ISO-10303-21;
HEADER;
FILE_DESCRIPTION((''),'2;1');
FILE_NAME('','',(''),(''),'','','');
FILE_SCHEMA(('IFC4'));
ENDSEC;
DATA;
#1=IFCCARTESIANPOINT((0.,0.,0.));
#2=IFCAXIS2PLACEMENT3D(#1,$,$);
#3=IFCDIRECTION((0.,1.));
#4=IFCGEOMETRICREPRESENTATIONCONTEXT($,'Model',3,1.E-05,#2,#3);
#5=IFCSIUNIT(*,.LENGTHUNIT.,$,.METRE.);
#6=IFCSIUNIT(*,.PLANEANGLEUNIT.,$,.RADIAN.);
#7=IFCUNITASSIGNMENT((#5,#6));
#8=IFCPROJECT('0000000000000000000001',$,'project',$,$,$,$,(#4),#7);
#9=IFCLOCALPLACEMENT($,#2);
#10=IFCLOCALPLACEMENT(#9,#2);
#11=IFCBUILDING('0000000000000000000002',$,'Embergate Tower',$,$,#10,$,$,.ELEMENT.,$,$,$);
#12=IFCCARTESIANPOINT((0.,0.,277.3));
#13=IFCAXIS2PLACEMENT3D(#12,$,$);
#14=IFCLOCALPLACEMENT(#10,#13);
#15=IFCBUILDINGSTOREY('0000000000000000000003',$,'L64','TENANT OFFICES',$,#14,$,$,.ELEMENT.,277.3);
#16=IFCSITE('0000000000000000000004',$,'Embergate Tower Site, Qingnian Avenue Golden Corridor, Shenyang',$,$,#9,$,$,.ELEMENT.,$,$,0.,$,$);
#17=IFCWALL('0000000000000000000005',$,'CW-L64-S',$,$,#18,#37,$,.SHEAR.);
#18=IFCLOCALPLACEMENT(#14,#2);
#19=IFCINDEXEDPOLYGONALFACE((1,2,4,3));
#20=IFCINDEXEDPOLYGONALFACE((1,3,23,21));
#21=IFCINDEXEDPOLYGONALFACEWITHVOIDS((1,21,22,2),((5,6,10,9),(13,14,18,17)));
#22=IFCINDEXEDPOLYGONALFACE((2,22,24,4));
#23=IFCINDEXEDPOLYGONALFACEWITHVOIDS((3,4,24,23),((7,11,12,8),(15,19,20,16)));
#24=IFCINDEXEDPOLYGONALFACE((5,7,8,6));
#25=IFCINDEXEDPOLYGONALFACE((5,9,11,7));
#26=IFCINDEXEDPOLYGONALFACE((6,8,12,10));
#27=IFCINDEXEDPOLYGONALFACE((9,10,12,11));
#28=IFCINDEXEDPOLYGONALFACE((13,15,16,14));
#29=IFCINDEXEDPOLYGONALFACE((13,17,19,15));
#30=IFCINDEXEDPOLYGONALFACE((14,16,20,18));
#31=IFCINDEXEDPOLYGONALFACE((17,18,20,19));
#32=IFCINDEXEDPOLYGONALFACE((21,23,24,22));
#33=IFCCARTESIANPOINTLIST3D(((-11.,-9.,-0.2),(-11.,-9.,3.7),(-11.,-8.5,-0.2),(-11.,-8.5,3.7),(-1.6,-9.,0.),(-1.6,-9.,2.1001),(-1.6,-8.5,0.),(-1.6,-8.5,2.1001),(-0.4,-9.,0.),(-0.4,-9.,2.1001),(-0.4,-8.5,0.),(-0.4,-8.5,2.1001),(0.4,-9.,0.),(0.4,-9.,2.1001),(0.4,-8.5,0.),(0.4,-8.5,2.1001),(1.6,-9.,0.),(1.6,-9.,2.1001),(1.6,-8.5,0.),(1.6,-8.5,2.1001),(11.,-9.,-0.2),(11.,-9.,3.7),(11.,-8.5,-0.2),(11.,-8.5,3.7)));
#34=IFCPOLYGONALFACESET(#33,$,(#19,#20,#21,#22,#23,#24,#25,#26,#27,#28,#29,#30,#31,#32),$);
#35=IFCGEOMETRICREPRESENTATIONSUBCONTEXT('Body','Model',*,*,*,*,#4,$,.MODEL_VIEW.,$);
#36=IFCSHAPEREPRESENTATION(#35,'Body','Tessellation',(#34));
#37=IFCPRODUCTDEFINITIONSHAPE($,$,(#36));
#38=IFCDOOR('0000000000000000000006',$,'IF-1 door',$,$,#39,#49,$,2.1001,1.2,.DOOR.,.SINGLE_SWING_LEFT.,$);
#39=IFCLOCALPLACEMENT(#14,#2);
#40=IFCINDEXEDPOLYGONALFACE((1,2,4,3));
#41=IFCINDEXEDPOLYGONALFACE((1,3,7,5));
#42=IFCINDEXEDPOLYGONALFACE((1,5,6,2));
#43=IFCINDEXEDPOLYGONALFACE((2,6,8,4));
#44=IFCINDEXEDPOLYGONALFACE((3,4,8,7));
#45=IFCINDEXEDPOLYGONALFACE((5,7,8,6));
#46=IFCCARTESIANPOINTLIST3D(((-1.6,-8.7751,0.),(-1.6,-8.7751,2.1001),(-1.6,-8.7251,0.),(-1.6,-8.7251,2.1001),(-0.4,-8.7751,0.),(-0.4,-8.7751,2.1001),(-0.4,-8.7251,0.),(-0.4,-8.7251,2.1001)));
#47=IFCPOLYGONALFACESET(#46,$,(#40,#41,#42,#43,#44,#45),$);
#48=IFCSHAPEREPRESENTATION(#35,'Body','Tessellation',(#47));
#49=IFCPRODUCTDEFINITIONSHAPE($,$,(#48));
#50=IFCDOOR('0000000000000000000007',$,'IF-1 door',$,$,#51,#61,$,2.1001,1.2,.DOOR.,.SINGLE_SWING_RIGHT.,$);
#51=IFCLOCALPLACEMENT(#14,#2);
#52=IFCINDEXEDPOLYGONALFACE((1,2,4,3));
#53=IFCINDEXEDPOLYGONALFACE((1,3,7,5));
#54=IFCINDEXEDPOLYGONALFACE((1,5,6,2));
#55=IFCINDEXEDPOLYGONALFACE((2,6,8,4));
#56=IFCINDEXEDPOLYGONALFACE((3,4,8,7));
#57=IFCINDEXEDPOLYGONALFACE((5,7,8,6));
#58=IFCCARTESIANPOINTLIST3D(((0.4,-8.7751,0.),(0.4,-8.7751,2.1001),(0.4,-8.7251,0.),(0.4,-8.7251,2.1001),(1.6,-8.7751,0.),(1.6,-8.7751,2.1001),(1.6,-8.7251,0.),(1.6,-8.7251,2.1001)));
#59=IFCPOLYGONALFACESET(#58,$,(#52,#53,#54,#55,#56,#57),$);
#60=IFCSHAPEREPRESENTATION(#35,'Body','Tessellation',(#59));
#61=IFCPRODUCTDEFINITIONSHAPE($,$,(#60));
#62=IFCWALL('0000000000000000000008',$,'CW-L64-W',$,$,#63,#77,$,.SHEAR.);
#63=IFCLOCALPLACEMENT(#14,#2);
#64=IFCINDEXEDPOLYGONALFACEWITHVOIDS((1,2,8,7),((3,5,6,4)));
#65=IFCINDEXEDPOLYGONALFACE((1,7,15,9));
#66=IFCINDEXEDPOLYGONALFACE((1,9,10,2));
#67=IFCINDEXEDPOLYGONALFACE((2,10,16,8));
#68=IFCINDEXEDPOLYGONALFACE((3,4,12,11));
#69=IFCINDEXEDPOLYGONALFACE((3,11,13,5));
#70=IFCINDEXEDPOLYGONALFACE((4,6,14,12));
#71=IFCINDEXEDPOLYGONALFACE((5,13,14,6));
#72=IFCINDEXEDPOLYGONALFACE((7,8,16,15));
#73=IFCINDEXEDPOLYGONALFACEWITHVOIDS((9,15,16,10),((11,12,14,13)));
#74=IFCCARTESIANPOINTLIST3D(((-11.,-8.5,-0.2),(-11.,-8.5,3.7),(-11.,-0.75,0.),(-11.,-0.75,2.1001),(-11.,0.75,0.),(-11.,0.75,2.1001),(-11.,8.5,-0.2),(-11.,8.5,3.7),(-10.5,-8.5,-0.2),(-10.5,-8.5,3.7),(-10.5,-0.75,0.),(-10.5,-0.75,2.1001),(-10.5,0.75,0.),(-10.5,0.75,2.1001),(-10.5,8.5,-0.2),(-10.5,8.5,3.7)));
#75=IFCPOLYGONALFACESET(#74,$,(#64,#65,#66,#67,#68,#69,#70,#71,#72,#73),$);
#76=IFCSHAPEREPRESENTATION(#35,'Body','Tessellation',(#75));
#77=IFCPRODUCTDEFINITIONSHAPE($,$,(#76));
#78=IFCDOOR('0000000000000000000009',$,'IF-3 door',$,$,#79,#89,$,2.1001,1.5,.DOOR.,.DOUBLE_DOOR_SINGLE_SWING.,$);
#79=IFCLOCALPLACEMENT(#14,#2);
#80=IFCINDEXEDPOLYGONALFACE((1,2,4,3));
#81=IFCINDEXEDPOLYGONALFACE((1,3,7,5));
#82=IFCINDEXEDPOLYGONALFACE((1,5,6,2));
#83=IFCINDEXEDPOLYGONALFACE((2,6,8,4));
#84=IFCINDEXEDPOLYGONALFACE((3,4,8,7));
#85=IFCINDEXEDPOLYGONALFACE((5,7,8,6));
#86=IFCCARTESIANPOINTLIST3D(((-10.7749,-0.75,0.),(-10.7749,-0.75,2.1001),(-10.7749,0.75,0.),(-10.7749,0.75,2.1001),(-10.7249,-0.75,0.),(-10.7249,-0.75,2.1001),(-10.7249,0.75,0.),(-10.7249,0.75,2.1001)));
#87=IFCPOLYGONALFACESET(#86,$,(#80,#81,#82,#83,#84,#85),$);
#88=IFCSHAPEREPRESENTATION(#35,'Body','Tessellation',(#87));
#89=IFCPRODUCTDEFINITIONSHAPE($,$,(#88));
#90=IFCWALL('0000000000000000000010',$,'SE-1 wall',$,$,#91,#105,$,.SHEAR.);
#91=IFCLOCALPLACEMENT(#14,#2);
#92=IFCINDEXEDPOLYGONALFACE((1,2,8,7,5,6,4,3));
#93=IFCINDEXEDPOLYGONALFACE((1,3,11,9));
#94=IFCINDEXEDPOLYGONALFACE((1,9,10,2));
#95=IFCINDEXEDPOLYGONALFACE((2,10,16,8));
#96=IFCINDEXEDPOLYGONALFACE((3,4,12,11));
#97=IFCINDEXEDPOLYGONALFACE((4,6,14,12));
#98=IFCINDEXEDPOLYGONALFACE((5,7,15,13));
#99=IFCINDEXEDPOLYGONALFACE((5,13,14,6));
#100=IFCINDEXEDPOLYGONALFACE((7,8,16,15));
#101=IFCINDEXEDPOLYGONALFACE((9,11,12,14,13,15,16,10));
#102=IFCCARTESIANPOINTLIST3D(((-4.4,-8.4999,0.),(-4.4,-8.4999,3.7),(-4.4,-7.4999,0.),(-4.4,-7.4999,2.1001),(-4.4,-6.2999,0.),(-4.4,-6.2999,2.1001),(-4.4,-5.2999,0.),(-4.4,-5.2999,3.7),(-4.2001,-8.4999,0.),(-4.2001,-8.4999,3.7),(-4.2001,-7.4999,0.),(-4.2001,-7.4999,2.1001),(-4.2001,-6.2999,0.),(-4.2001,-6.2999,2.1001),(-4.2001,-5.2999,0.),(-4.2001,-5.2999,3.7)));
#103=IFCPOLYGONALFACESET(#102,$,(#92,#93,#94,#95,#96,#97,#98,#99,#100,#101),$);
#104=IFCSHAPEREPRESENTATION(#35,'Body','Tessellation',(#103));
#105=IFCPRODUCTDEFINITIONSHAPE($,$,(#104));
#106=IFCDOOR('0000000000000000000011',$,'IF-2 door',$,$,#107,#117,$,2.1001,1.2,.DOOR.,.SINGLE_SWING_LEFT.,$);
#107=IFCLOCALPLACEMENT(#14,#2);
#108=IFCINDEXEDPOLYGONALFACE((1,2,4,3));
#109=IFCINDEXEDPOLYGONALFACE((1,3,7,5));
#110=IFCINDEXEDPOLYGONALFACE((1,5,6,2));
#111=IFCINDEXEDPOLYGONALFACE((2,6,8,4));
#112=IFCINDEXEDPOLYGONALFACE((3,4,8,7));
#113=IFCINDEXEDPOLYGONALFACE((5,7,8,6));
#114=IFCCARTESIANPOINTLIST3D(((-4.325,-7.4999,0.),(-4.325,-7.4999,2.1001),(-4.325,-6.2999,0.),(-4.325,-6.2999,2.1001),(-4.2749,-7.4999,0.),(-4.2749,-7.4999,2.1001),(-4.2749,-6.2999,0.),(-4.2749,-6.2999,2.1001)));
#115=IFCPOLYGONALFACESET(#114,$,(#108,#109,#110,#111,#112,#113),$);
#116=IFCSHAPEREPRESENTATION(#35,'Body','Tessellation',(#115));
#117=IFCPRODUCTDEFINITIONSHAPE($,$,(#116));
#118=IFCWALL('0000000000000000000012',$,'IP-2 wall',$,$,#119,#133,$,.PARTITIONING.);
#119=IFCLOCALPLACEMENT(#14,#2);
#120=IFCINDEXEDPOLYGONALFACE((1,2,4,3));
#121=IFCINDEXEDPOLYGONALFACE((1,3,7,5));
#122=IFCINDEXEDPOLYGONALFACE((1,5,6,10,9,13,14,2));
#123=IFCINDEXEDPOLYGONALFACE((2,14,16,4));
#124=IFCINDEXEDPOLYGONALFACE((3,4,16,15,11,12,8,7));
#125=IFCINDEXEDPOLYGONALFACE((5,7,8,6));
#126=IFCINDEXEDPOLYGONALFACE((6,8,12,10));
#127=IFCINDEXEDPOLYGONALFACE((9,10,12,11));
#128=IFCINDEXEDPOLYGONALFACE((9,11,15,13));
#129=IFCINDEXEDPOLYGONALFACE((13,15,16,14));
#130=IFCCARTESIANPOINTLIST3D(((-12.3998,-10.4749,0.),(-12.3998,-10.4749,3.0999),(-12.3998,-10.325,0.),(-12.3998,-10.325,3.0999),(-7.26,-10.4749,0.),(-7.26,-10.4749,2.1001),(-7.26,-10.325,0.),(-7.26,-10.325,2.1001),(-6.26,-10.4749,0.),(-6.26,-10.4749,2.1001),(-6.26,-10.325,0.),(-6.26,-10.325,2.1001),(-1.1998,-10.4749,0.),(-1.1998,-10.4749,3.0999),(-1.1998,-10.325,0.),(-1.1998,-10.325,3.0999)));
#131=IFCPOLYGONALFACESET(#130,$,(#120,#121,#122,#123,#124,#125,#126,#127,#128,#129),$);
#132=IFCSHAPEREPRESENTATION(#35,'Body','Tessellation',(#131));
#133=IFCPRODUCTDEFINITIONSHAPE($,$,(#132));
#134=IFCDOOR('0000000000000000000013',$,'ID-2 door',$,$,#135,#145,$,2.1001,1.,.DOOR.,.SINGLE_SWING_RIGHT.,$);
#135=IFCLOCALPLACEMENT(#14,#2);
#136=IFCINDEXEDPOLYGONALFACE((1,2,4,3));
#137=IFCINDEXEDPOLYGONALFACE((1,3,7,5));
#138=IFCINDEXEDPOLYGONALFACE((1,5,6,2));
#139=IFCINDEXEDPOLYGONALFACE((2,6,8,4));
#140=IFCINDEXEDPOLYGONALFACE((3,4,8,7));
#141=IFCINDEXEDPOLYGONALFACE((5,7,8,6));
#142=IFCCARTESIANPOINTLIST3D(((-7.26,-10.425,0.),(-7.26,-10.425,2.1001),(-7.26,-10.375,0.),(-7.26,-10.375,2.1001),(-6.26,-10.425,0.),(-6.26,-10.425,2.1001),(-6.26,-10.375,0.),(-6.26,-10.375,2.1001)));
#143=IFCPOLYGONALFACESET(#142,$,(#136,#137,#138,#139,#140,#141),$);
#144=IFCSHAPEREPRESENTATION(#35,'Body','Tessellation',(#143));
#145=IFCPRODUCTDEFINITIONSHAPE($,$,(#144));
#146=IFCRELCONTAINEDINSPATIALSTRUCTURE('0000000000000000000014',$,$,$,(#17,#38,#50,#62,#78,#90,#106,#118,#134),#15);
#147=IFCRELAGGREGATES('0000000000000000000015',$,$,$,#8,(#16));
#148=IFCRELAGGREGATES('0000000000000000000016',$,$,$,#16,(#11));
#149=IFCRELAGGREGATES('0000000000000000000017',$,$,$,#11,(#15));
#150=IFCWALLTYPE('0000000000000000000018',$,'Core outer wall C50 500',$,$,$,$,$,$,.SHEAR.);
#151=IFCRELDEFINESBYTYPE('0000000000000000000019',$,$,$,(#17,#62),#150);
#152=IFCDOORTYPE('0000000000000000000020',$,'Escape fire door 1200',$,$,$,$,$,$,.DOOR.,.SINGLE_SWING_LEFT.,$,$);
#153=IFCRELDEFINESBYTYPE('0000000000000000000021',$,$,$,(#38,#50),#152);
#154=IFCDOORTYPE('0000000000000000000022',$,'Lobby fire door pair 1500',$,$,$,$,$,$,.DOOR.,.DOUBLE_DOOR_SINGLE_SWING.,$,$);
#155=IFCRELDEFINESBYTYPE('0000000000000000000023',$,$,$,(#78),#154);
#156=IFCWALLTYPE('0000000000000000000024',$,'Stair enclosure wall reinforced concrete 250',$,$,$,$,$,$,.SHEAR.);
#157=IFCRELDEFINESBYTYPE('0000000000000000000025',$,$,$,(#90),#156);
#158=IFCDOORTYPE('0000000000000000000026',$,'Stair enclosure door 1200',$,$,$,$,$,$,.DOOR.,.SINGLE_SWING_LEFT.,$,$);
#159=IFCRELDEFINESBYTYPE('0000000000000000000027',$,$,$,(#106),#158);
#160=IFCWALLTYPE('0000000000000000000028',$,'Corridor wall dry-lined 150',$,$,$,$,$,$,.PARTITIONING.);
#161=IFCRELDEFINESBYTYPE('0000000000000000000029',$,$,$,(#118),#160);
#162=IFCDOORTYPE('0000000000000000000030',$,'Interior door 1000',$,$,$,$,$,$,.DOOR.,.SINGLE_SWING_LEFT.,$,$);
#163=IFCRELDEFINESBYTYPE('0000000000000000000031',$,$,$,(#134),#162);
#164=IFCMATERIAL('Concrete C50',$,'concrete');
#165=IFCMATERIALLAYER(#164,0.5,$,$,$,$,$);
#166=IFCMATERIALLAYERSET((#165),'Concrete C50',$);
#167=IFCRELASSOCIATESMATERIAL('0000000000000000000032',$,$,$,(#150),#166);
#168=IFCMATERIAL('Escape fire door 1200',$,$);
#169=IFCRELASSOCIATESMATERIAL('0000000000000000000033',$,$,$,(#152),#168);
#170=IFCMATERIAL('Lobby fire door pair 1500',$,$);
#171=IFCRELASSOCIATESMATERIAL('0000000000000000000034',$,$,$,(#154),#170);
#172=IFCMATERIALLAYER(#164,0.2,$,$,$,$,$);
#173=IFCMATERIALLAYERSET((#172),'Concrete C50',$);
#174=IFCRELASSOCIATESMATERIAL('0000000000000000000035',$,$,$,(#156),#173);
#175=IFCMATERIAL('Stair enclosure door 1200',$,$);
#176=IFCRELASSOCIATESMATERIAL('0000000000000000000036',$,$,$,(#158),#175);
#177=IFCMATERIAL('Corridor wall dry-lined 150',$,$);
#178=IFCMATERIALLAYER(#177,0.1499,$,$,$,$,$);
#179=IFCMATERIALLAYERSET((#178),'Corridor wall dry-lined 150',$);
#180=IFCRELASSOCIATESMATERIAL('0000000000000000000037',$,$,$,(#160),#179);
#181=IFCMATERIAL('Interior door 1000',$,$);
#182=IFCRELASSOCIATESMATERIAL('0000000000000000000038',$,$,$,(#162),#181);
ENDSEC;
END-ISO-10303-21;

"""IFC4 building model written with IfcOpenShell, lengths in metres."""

from ifc_helpers import new_model, si_unit, direction, frame, frame_2d, origin, place, context, subcontext, project, spatial, rectangle, extrude, source, transform, mapped, material, layer, layer_set, type_object, element, fill, save


model = new_model("IFC4")

# Units and contexts
model_context = context("Model", 3, precision=1e-05, world=origin(), true_north=direction((0.0, 1.0)))
body_context = subcontext(model_context, "Body", "Model", "MODEL_VIEW")
ifc_project = project(units=[si_unit("LENGTHUNIT", "METRE"), si_unit("PLANEANGLEUNIT", "RADIAN")], contexts=[model_context])

# Site, building, storey
site_placement = place(None, origin())
site = spatial("IfcSite", under=ifc_project, at=site_placement, Name="Embergate Tower Site, Qingnian Avenue Golden Corridor, Shenyang", CompositionType="ELEMENT", RefElevation=0.0)
building_placement = place(site_placement, origin())
building = spatial("IfcBuilding", under=site, at=building_placement, Name="Embergate Tower", CompositionType="ELEMENT")
storey_placement = place(building_placement, frame((0.0, 0.0, 277.3)))
storey = spatial("IfcBuildingStorey", under=building, at=storey_placement, Name="L64", Description="TENANT OFFICES", CompositionType="ELEMENT", Elevation=277.3)

# Wall, openings, doors
ifc_material_1 = material(Name="Concrete C50", Category="concrete")
ifc_layer_1 = layer(ifc_material_1, 0.5)
ifc_layer_set_1 = layer_set([ifc_layer_1], Name="Concrete C50")
wall_type_1 = type_object("IfcWallType", Name="Core outer wall C50 500", PredefinedType="SHEAR", material=ifc_layer_set_1)
shared_shape_1 = source(origin(), body_context, "Body", "SweptSolid", [
    extrude(rectangle(XDim=22.0, YDim=0.5, at=frame_2d((11.0, 0.0))), origin(), (0.0, 0.0, 1.0), 3.8999),
])
wall_1_placement = place(storey_placement, frame((-11.0, -8.75, -0.2), z_axis=(0.0, 0.0, 1.0), x_axis=(1.0, 0.0, 0.0)))
wall_1 = element("IfcWall", 1, at=wall_1_placement, inside=storey, type_object=wall_type_1, Name="CW-L64-S", PredefinedType="SHEAR", context=body_context, shape_type="MappedRepresentation", body=[
    mapped(shared_shape_1, transform((0.0, 0.0, 0.0))),
])
shared_shape_2 = source(origin(), body_context, "Body", "SweptSolid", [
    extrude(rectangle(XDim=1.2, YDim=2.1001, at=frame_2d((0.6001, 1.05))), frame((0.0, 0.26, 0.0), z_axis=(0.0, -1.0, 0.0), x_axis=(1.0, 0.0, 0.0)), (0.0, 0.0, 1.0), 0.52),
])
opening_1_placement = place(wall_1_placement, frame((9.3999, 0.0, 0.2)))
opening_1 = element("IfcOpeningElement", 2, at=opening_1_placement, cuts=wall_1, PredefinedType="OPENING", context=body_context, shape_type="MappedRepresentation", body=[
    mapped(shared_shape_2, transform((0.0, 0.0, 0.0))),
])
opening_2_placement = place(wall_1_placement, frame((11.3999, 0.0, 0.2)))
opening_2 = element("IfcOpeningElement", 3, at=opening_2_placement, cuts=wall_1, PredefinedType="OPENING", context=body_context, shape_type="MappedRepresentation", body=[
    mapped(shared_shape_2, transform((0.0, 0.0, 0.0))),
])
ifc_material_2 = material(Name="Escape fire door 1200")
door_type_1 = type_object("IfcDoorType", Name="Escape fire door 1200", OperationType="SINGLE_SWING_LEFT", PredefinedType="DOOR", material=ifc_material_2)
shared_shape_3 = source(origin(), body_context, "Body", "SweptSolid", [
    extrude(rectangle(XDim=1.2, YDim=2.1001, at=frame_2d((0.6001, 1.05))), frame((0.0, 0.0249, 0.0), z_axis=(0.0, -1.0, 0.0), x_axis=(1.0, 0.0, 0.0)), (0.0, 0.0, 1.0), 0.05),
])
door_1_placement = place(opening_1_placement, origin())
door_1 = element("IfcDoor", 4, at=door_1_placement, inside=storey, type_object=door_type_1, Name="IF-1 door", OperationType="SINGLE_SWING_LEFT", OverallHeight=2.1001, OverallWidth=1.2, PredefinedType="DOOR", context=body_context, shape_type="MappedRepresentation", body=[
    mapped(shared_shape_3, transform((0.0, 0.0, 0.0))),
])
fill(opening_1, door_1)
door_2_placement = place(opening_2_placement, origin())
door_2 = element("IfcDoor", 5, at=door_2_placement, inside=storey, type_object=door_type_1, Name="IF-1 door", OperationType="SINGLE_SWING_RIGHT", OverallHeight=2.1001, OverallWidth=1.2, PredefinedType="DOOR", context=body_context, shape_type="MappedRepresentation", body=[
    mapped(shared_shape_3, transform((0.0, 0.0, 0.0))),
])
fill(opening_2, door_2)

# Walls, openings, doors
shared_shape_4 = source(origin(), body_context, "Body", "SweptSolid", [
    extrude(rectangle(XDim=17.0, YDim=0.5, at=frame_2d((8.5, 0.0))), origin(), (0.0, 0.0, 1.0), 3.8999),
])
wall_2_placement = place(storey_placement, frame((-10.75, -8.5, -0.2), z_axis=(0.0, 0.0, 1.0), x_axis=(0.0, 1.0, 0.0)))
wall_2 = element("IfcWall", 6, at=wall_2_placement, inside=storey, type_object=wall_type_1, Name="CW-L64-W", PredefinedType="SHEAR", context=body_context, shape_type="MappedRepresentation", body=[
    mapped(shared_shape_4, transform((0.0, 0.0, 0.0))),
])
shared_shape_5 = source(origin(), body_context, "Body", "SweptSolid", [
    extrude(rectangle(XDim=1.5, YDim=2.1001, at=frame_2d((0.75, 1.05))), frame((0.0, 0.26, 0.0), z_axis=(0.0, -1.0, 0.0), x_axis=(1.0, 0.0, 0.0)), (0.0, 0.0, 1.0), 0.52),
])
opening_3_placement = place(wall_2_placement, frame((7.75, 0.0, 0.2)))
opening_3 = element("IfcOpeningElement", 7, at=opening_3_placement, cuts=wall_2, PredefinedType="OPENING", context=body_context, shape_type="MappedRepresentation", body=[
    mapped(shared_shape_5, transform((0.0, 0.0, 0.0))),
])
ifc_material_3 = material(Name="Lobby fire door pair 1500")
door_type_2 = type_object("IfcDoorType", Name="Lobby fire door pair 1500", OperationType="DOUBLE_DOOR_SINGLE_SWING", PredefinedType="DOOR", material=ifc_material_3)
shared_shape_6 = source(origin(), body_context, "Body", "SweptSolid", [
    extrude(rectangle(XDim=1.5, YDim=2.1001, at=frame_2d((0.75, 1.05))), frame((0.0, 0.0249, 0.0), z_axis=(0.0, -1.0, 0.0), x_axis=(1.0, 0.0, 0.0)), (0.0, 0.0, 1.0), 0.05),
])
door_3_placement = place(opening_3_placement, origin())
door_3 = element("IfcDoor", 8, at=door_3_placement, inside=storey, type_object=door_type_2, Name="IF-3 door", OperationType="DOUBLE_DOOR_SINGLE_SWING", OverallHeight=2.1001, OverallWidth=1.5, PredefinedType="DOOR", context=body_context, shape_type="MappedRepresentation", body=[
    mapped(shared_shape_6, transform((0.0, 0.0, 0.0))),
])
fill(opening_3, door_3)
ifc_layer_2 = layer(ifc_material_1, 0.2)
ifc_layer_set_2 = layer_set([ifc_layer_2], Name="Concrete C50")
wall_type_2 = type_object("IfcWallType", Name="Stair enclosure wall reinforced concrete 250", PredefinedType="SHEAR", material=ifc_layer_set_2)
shared_shape_7 = source(origin(), body_context, "Body", "SweptSolid", [
    extrude(rectangle(XDim=3.2, YDim=0.2, at=frame_2d((1.6001, 0.0))), origin(), (0.0, 0.0, 1.0), 3.7),
])
wall_3_placement = place(storey_placement, frame((-4.3, -8.5, 0.0), z_axis=(0.0, 0.0, 1.0), x_axis=(0.0, 1.0, 0.0)))
wall_3 = element("IfcWall", 9, at=wall_3_placement, inside=storey, type_object=wall_type_2, Name="SE-1 wall", PredefinedType="SHEAR", context=body_context, shape_type="MappedRepresentation", body=[
    mapped(shared_shape_7, transform((0.0, 0.0, 0.0))),
])
shared_shape_8 = source(origin(), body_context, "Body", "SweptSolid", [
    extrude(rectangle(XDim=1.2, YDim=2.1001, at=frame_2d((0.6001, 1.05))), frame((0.0, 0.1099, 0.0), z_axis=(0.0, -1.0, 0.0), x_axis=(1.0, 0.0, 0.0)), (0.0, 0.0, 1.0), 0.22),
])
opening_4_placement = place(wall_3_placement, frame((1.0, 0.0, 0.0)))
opening_4 = element("IfcOpeningElement", 10, at=opening_4_placement, cuts=wall_3, PredefinedType="OPENING", context=body_context, shape_type="MappedRepresentation", body=[
    mapped(shared_shape_8, transform((0.0, 0.0, 0.0))),
])
ifc_material_4 = material(Name="Stair enclosure door 1200")
door_type_3 = type_object("IfcDoorType", Name="Stair enclosure door 1200", OperationType="SINGLE_SWING_LEFT", PredefinedType="DOOR", material=ifc_material_4)
door_4_placement = place(opening_4_placement, origin())
door_4 = element("IfcDoor", 11, at=door_4_placement, inside=storey, type_object=door_type_3, Name="IF-2 door", OperationType="SINGLE_SWING_LEFT", OverallHeight=2.1001, OverallWidth=1.2, PredefinedType="DOOR", context=body_context, shape_type="MappedRepresentation", body=[
    mapped(shared_shape_3, transform((0.0, 0.0, 0.0))),
])
fill(opening_4, door_4)
ifc_material_5 = material(Name="Corridor wall dry-lined 150")
ifc_layer_3 = layer(ifc_material_5, 0.1499)
ifc_layer_set_3 = layer_set([ifc_layer_3], Name="Corridor wall dry-lined 150")
wall_type_3 = type_object("IfcWallType", Name="Corridor wall dry-lined 150", PredefinedType="PARTITIONING", material=ifc_layer_set_3)
shared_shape_9 = source(origin(), body_context, "Body", "SweptSolid", [
    extrude(rectangle(XDim=11.2, YDim=0.1499, at=frame_2d((5.6001, 0.0))), origin(), (0.0, 0.0, 1.0), 3.0999),
])
wall_4_placement = place(storey_placement, frame((-12.3999, -10.3999, 0.0), z_axis=(0.0, 0.0, 1.0), x_axis=(1.0, 0.0, 0.0)))
wall_4 = element("IfcWall", 12, at=wall_4_placement, inside=storey, type_object=wall_type_3, Name="IP-2 wall", PredefinedType="PARTITIONING", context=body_context, shape_type="MappedRepresentation", body=[
    mapped(shared_shape_9, transform((0.0, 0.0, 0.0))),
])
shared_shape_10 = source(origin(), body_context, "Body", "SweptSolid", [
    extrude(rectangle(XDim=1.0, YDim=2.1001, at=frame_2d((0.5, 1.05))), frame((0.0, 0.085, 0.0), z_axis=(0.0, -1.0, 0.0), x_axis=(1.0, 0.0, 0.0)), (0.0, 0.0, 1.0), 0.1699),
])
opening_5_placement = place(wall_4_placement, frame((5.1399, 0.0, 0.0)))
opening_5 = element("IfcOpeningElement", 13, at=opening_5_placement, cuts=wall_4, PredefinedType="OPENING", context=body_context, shape_type="MappedRepresentation", body=[
    mapped(shared_shape_10, transform((0.0, 0.0, 0.0))),
])
ifc_material_6 = material(Name="Interior door 1000")
door_type_4 = type_object("IfcDoorType", Name="Interior door 1000", OperationType="SINGLE_SWING_LEFT", PredefinedType="DOOR", material=ifc_material_6)
shared_shape_11 = source(origin(), body_context, "Body", "SweptSolid", [
    extrude(rectangle(XDim=1.0, YDim=2.1001, at=frame_2d((0.5, 1.05))), frame((0.0, 0.0249, 0.0), z_axis=(0.0, -1.0, 0.0), x_axis=(1.0, 0.0, 0.0)), (0.0, 0.0, 1.0), 0.05),
])
door_5_placement = place(opening_5_placement, origin())
door_5 = element("IfcDoor", 14, at=door_5_placement, inside=storey, type_object=door_type_4, Name="ID-2 door", OperationType="SINGLE_SWING_RIGHT", OverallHeight=2.1001, OverallWidth=1.0, PredefinedType="DOOR", context=body_context, shape_type="MappedRepresentation", body=[
    mapped(shared_shape_11, transform((0.0, 0.0, 0.0))),
])
fill(opening_5, door_5)

save(model, "model.ifc")
